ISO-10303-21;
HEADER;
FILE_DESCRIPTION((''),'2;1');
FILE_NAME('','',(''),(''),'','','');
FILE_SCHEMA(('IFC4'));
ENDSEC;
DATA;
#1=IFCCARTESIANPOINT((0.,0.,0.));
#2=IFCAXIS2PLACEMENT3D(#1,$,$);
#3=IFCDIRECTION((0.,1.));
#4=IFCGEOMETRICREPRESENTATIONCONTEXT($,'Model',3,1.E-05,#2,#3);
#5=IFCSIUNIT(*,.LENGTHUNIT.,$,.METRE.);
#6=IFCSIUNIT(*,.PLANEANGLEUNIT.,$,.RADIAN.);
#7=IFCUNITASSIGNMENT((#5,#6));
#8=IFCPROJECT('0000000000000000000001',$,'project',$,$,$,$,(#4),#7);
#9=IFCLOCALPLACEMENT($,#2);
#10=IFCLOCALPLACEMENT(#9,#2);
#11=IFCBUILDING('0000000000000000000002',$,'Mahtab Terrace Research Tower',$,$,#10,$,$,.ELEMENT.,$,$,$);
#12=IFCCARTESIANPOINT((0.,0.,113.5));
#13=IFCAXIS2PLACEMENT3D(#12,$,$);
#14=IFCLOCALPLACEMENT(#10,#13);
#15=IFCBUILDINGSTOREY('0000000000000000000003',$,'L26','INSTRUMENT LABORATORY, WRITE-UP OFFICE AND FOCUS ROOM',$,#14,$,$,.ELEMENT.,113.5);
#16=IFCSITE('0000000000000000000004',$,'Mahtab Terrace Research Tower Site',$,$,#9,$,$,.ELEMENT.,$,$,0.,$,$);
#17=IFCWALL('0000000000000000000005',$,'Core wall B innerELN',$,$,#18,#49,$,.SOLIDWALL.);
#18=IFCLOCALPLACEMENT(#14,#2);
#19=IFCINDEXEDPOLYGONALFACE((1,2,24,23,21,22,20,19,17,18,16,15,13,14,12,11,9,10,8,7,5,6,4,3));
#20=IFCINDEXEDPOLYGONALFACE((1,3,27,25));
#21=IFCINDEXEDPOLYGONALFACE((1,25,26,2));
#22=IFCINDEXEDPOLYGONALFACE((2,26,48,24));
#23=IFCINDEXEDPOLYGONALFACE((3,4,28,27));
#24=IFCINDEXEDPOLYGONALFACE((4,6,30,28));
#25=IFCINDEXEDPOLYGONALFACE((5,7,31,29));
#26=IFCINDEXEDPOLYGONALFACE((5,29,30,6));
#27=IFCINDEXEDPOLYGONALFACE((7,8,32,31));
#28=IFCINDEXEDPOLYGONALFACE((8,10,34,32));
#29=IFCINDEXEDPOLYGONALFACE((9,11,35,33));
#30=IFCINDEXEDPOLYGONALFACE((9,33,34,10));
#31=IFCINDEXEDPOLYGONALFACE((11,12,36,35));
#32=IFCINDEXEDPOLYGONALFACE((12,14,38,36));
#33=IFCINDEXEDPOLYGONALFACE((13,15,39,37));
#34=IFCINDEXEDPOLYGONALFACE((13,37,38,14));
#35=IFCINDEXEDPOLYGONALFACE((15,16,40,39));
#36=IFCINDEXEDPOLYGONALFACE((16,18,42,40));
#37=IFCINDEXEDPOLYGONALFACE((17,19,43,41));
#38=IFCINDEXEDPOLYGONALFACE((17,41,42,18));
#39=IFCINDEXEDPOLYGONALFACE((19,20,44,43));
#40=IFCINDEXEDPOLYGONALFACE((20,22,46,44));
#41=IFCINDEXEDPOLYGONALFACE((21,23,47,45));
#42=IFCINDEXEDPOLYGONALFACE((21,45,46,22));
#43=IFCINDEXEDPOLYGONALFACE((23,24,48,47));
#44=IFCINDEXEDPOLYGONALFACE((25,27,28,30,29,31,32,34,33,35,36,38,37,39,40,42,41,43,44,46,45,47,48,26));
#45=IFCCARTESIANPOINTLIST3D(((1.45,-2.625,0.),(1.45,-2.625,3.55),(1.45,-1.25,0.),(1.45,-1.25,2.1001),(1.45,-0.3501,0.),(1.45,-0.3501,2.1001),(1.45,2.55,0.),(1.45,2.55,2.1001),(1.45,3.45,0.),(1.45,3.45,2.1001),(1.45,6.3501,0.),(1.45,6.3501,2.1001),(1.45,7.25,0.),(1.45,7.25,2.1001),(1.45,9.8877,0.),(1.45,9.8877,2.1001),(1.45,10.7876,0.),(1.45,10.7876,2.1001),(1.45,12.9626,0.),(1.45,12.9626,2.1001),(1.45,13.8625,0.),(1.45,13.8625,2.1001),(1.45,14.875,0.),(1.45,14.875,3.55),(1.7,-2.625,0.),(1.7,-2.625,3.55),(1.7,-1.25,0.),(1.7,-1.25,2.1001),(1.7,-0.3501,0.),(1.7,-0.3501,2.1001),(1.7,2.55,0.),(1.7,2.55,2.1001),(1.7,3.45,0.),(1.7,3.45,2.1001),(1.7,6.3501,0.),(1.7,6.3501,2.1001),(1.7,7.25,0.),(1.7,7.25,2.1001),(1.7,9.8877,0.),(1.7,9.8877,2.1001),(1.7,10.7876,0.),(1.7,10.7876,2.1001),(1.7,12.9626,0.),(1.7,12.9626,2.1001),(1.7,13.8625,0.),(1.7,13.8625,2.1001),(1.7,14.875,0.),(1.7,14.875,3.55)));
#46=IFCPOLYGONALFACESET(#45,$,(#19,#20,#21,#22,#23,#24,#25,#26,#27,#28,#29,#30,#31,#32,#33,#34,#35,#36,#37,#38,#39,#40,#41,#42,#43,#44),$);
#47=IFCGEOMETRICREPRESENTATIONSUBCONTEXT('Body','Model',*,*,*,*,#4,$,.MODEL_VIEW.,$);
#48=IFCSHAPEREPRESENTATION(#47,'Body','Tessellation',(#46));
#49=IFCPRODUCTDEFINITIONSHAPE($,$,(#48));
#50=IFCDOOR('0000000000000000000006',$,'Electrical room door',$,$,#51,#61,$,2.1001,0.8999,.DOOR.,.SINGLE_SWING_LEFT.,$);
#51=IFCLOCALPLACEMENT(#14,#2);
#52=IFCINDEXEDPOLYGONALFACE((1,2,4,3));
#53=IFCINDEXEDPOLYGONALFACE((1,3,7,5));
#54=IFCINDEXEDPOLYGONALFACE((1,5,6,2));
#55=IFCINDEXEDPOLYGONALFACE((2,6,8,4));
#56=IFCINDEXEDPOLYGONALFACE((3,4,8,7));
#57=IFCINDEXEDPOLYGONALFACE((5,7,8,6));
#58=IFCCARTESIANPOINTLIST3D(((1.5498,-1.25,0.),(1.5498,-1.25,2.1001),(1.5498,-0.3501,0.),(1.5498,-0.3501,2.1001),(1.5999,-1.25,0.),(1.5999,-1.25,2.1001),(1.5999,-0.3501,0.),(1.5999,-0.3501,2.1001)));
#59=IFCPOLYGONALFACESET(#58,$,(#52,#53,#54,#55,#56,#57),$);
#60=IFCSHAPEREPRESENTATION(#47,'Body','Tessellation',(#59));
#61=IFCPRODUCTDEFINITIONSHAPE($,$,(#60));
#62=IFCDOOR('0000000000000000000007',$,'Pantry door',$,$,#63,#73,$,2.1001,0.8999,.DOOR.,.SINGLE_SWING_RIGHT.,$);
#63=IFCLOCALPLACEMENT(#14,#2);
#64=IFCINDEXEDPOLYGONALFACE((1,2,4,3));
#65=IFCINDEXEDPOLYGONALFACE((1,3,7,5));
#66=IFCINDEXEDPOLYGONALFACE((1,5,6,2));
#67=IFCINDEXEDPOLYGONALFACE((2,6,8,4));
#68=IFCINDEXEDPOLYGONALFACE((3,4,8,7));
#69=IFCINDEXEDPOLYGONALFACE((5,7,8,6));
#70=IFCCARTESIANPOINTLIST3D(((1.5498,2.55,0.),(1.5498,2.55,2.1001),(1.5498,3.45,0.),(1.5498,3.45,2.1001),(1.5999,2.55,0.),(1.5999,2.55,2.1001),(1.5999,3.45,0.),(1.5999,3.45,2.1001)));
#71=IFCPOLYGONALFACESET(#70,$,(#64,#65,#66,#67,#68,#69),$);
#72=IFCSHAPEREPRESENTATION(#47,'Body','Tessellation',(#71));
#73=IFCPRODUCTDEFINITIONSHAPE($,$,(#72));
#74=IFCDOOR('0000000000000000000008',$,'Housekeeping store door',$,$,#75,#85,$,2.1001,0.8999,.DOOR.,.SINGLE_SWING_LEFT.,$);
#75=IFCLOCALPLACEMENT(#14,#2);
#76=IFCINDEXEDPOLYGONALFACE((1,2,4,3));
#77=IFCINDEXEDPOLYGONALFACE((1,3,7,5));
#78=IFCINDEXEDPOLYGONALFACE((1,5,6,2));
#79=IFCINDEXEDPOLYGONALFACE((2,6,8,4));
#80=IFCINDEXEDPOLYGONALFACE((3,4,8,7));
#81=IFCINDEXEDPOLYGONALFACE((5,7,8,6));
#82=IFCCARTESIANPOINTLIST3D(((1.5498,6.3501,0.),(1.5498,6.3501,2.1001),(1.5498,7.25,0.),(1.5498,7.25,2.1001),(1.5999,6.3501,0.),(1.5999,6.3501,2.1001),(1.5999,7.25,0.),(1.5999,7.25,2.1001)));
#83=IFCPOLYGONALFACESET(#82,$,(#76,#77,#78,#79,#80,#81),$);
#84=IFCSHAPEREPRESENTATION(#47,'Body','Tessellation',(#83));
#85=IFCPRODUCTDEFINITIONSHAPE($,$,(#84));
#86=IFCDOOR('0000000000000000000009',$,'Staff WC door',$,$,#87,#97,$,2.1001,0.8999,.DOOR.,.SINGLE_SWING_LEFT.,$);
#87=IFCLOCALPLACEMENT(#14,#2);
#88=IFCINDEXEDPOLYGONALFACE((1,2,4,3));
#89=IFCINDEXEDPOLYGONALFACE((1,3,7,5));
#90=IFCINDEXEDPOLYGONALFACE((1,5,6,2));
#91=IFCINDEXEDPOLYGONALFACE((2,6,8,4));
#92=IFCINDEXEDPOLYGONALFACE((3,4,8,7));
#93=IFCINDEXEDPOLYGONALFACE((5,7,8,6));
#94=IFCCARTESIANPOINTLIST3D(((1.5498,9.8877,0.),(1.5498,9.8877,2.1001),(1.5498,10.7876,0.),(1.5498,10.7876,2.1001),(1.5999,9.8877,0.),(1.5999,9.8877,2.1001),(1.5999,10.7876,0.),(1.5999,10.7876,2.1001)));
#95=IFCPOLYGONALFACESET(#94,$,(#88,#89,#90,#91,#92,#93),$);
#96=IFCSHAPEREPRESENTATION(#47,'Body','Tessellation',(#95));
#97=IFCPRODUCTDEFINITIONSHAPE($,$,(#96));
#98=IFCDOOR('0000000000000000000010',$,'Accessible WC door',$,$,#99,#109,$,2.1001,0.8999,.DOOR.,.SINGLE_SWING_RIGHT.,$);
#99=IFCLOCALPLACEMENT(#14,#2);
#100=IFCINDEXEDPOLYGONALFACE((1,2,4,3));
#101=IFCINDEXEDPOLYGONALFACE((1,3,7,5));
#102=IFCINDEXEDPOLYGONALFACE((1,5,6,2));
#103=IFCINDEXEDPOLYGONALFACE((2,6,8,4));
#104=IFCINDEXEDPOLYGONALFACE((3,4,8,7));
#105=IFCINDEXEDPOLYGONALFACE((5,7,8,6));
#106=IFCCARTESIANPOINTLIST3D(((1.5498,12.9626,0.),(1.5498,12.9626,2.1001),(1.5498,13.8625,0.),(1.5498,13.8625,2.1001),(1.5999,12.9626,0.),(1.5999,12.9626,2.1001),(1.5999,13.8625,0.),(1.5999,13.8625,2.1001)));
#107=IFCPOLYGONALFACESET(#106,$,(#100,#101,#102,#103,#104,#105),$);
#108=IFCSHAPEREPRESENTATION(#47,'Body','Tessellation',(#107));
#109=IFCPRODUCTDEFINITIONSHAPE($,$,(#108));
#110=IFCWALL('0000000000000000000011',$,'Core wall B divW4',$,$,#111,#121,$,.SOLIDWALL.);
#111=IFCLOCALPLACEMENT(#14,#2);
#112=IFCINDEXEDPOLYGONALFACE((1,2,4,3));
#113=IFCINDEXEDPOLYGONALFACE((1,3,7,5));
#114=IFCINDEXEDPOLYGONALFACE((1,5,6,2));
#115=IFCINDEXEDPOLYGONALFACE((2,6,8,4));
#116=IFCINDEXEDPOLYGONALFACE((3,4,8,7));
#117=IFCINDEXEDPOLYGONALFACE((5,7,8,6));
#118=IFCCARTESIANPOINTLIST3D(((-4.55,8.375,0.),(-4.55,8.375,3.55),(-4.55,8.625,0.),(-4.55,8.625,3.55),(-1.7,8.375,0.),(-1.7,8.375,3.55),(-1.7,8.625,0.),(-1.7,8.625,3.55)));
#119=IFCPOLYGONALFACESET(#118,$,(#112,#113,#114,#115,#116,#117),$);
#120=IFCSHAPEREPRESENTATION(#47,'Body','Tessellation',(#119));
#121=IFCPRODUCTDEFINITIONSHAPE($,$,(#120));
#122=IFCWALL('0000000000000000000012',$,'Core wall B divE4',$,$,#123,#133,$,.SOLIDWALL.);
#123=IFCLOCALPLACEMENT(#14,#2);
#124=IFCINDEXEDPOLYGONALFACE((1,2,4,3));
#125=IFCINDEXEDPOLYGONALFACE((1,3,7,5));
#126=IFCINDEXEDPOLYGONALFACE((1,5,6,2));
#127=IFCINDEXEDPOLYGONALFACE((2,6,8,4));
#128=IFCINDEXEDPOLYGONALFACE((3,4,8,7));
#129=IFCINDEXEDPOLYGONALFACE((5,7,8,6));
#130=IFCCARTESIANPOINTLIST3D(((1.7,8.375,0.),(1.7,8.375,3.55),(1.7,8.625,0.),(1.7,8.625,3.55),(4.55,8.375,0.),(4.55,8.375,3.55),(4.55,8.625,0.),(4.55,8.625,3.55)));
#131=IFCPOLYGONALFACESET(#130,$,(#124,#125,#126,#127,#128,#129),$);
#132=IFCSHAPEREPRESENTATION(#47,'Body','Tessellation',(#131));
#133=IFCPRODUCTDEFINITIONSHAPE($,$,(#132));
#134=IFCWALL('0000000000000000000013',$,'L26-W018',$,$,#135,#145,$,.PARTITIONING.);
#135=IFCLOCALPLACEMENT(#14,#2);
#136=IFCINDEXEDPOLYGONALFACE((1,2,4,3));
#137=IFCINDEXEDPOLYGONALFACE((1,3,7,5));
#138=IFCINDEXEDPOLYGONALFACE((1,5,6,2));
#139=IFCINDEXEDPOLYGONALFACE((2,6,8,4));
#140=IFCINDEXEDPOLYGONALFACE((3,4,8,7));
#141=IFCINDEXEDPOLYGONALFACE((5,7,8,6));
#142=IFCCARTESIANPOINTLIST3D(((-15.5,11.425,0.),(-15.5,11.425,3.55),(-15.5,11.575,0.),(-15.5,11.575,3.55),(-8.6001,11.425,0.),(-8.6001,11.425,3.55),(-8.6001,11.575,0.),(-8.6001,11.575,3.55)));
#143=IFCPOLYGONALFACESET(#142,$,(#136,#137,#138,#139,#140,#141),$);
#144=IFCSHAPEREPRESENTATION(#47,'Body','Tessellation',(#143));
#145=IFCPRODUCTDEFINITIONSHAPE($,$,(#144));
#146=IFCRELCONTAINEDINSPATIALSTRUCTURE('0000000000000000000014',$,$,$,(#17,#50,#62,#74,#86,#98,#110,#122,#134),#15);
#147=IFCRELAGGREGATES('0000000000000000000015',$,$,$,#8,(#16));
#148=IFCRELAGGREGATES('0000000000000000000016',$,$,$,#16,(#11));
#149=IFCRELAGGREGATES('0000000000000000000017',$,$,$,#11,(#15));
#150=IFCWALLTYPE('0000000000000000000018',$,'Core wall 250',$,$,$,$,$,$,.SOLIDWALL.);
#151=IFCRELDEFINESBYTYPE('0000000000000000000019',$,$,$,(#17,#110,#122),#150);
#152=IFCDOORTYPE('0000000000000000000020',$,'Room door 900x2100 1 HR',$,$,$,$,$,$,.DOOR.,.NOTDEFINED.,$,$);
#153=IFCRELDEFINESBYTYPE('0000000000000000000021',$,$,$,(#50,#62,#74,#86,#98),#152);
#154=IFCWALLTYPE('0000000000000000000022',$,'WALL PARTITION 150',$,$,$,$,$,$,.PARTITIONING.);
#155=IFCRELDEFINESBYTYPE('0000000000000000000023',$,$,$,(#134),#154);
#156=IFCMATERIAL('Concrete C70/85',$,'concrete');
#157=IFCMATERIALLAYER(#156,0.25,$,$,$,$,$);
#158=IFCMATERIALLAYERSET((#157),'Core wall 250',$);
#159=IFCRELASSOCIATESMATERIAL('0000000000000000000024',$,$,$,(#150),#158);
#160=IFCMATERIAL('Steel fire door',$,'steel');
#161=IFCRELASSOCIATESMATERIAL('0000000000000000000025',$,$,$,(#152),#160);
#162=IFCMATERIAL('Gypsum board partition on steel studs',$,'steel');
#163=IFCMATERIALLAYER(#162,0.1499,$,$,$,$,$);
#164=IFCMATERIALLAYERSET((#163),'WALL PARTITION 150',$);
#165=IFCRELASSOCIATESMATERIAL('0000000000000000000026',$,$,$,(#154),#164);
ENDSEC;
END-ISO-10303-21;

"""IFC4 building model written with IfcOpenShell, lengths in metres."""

from ifc_helpers import new_model, si_unit, direction, frame, frame_2d, origin, place, context, subcontext, project, spatial, rectangle, extrude, material, layer, layer_set, type_object, element, fill, save


model = new_model("IFC4")

# Units and contexts
model_context = context("Model", 3, precision=1e-05, world=origin(), true_north=direction((0.0, 1.0)))
body_context = subcontext(model_context, "Body", "Model", "MODEL_VIEW")
ifc_project = project(units=[si_unit("LENGTHUNIT", "METRE"), si_unit("PLANEANGLEUNIT", "RADIAN")], contexts=[model_context])

# Site, building, storey
site_placement = place(None, origin())
site = spatial("IfcSite", under=ifc_project, at=site_placement, Name="Mahtab Terrace Research Tower Site", CompositionType="ELEMENT", RefElevation=0.0)
building_placement = place(site_placement, origin())
building = spatial("IfcBuilding", under=site, at=building_placement, Name="Mahtab Terrace Research Tower", CompositionType="ELEMENT")
storey_placement = place(building_placement, frame((0.0, 0.0, 113.5)))
storey = spatial("IfcBuildingStorey", under=building, at=storey_placement, Name="L26", Description="INSTRUMENT LABORATORY, WRITE-UP OFFICE AND FOCUS ROOM", CompositionType="ELEMENT", Elevation=113.5)

# Shared definitions
ifc_material_1 = material(Name="Concrete C70/85", Category="concrete")

# Shared definitions
ifc_layer_1 = layer(ifc_material_1, 0.25)
ifc_layer_set_1 = layer_set([ifc_layer_1], Name="Core wall 250")
wall_type_1 = type_object("IfcWallType", Name="Core wall 250", PredefinedType="SOLIDWALL", material=ifc_layer_set_1)

# Shared definitions
ifc_material_2 = material(Name="Steel fire door", Category="steel")

# Wall, openings, doors
wall_1_placement = place(storey_placement, frame((1.575, 14.875, 0.0), z_axis=(0.0, 0.0, 1.0), x_axis=(0.0, -1.0, 0.0)))
wall_1 = element("IfcWall", 1, at=wall_1_placement, inside=storey, type_object=wall_type_1, Name="Core wall B innerELN", PredefinedType="SOLIDWALL", context=body_context, shape_type="SweptSolid", body=[
    extrude(rectangle(XDim=17.5, YDim=0.25, at=frame_2d((8.75, 0.0))), origin(), (0.0, 0.0, 1.0), 3.55),
])
opening_1_placement = place(wall_1_placement, frame((15.2251, 0.0, 0.0)))
opening_1 = element("IfcOpeningElement", 2, at=opening_1_placement, cuts=wall_1, PredefinedType="OPENING", context=body_context, shape_type="SweptSolid", body=[
    extrude(rectangle(XDim=0.8999, YDim=2.1001, at=frame_2d((0.45, 1.05))), frame((0.0, 0.135, 0.0), z_axis=(0.0, -1.0, 0.0), x_axis=(1.0, 0.0, 0.0)), (0.0, 0.0, 1.0), 0.27),
])
opening_2_placement = place(wall_1_placement, frame((11.425, 0.0, 0.0)))
opening_2 = element("IfcOpeningElement", 3, at=opening_2_placement, cuts=wall_1, PredefinedType="OPENING", context=body_context, shape_type="SweptSolid", body=[
    extrude(rectangle(XDim=0.8999, YDim=2.1001, at=frame_2d((0.45, 1.05))), frame((0.0, 0.135, 0.0), z_axis=(0.0, -1.0, 0.0), x_axis=(1.0, 0.0, 0.0)), (0.0, 0.0, 1.0), 0.27),
])
opening_3_placement = place(wall_1_placement, frame((7.625, 0.0, 0.0)))
opening_3 = element("IfcOpeningElement", 4, at=opening_3_placement, cuts=wall_1, PredefinedType="OPENING", context=body_context, shape_type="SweptSolid", body=[
    extrude(rectangle(XDim=0.8999, YDim=2.1001, at=frame_2d((0.45, 1.05))), frame((0.0, 0.135, 0.0), z_axis=(0.0, -1.0, 0.0), x_axis=(1.0, 0.0, 0.0)), (0.0, 0.0, 1.0), 0.27),
])
opening_4_placement = place(wall_1_placement, frame((4.0874, 0.0, 0.0)))
opening_4 = element("IfcOpeningElement", 5, at=opening_4_placement, cuts=wall_1, PredefinedType="OPENING", context=body_context, shape_type="SweptSolid", body=[
    extrude(rectangle(XDim=0.8999, YDim=2.1001, at=frame_2d((0.45, 1.05))), frame((0.0, 0.135, 0.0), z_axis=(0.0, -1.0, 0.0), x_axis=(1.0, 0.0, 0.0)), (0.0, 0.0, 1.0), 0.27),
])
opening_5_placement = place(wall_1_placement, frame((1.0125, 0.0, 0.0)))
opening_5 = element("IfcOpeningElement", 6, at=opening_5_placement, cuts=wall_1, PredefinedType="OPENING", context=body_context, shape_type="SweptSolid", body=[
    extrude(rectangle(XDim=0.8999, YDim=2.1001, at=frame_2d((0.45, 1.05))), frame((0.0, 0.135, 0.0), z_axis=(0.0, -1.0, 0.0), x_axis=(1.0, 0.0, 0.0)), (0.0, 0.0, 1.0), 0.27),
])
door_type_1 = type_object("IfcDoorType", Name="Room door 900x2100 1 HR", OperationType="NOTDEFINED", PredefinedType="DOOR", material=ifc_material_2)
door_1_placement = place(opening_1_placement, origin())
door_1 = element("IfcDoor", 7, at=door_1_placement, inside=storey, type_object=door_type_1, Name="Electrical room door", OperationType="SINGLE_SWING_LEFT", OverallHeight=2.1001, OverallWidth=0.8999, PredefinedType="DOOR", context=body_context, shape_type="SweptSolid", body=[
    extrude(rectangle(XDim=0.8999, YDim=2.1001, at=frame_2d((0.45, 1.05))), frame((0.0, 0.0249, 0.0), z_axis=(0.0, -1.0, 0.0), x_axis=(1.0, 0.0, 0.0)), (0.0, 0.0, 1.0), 0.05),
])
fill(opening_1, door_1)
door_2_placement = place(opening_2_placement, origin())
door_2 = element("IfcDoor", 8, at=door_2_placement, inside=storey, type_object=door_type_1, Name="Pantry door", OperationType="SINGLE_SWING_RIGHT", OverallHeight=2.1001, OverallWidth=0.8999, PredefinedType="DOOR", context=body_context, shape_type="SweptSolid", body=[
    extrude(rectangle(XDim=0.8999, YDim=2.1001, at=frame_2d((0.45, 1.05))), frame((0.0, 0.0249, 0.0), z_axis=(0.0, -1.0, 0.0), x_axis=(1.0, 0.0, 0.0)), (0.0, 0.0, 1.0), 0.05),
])
fill(opening_2, door_2)
door_3_placement = place(opening_3_placement, origin())
door_3 = element("IfcDoor", 9, at=door_3_placement, inside=storey, type_object=door_type_1, Name="Housekeeping store door", OperationType="SINGLE_SWING_LEFT", OverallHeight=2.1001, OverallWidth=0.8999, PredefinedType="DOOR", context=body_context, shape_type="SweptSolid", body=[
    extrude(rectangle(XDim=0.8999, YDim=2.1001, at=frame_2d((0.45, 1.05))), frame((0.0, 0.0249, 0.0), z_axis=(0.0, -1.0, 0.0), x_axis=(1.0, 0.0, 0.0)), (0.0, 0.0, 1.0), 0.05),
])
fill(opening_3, door_3)
door_4_placement = place(opening_4_placement, origin())
door_4 = element("IfcDoor", 10, at=door_4_placement, inside=storey, type_object=door_type_1, Name="Staff WC door", OperationType="SINGLE_SWING_LEFT", OverallHeight=2.1001, OverallWidth=0.8999, PredefinedType="DOOR", context=body_context, shape_type="SweptSolid", body=[
    extrude(rectangle(XDim=0.8999, YDim=2.1001, at=frame_2d((0.45, 1.05))), frame((0.0, 0.0249, 0.0), z_axis=(0.0, -1.0, 0.0), x_axis=(1.0, 0.0, 0.0)), (0.0, 0.0, 1.0), 0.05),
])
fill(opening_4, door_4)
door_5_placement = place(opening_5_placement, origin())
door_5 = element("IfcDoor", 11, at=door_5_placement, inside=storey, type_object=door_type_1, Name="Accessible WC door", OperationType="SINGLE_SWING_RIGHT", OverallHeight=2.1001, OverallWidth=0.8999, PredefinedType="DOOR", context=body_context, shape_type="SweptSolid", body=[
    extrude(rectangle(XDim=0.8999, YDim=2.1001, at=frame_2d((0.45, 1.05))), frame((0.0, 0.0249, 0.0), z_axis=(0.0, -1.0, 0.0), x_axis=(1.0, 0.0, 0.0)), (0.0, 0.0, 1.0), 0.05),
])
fill(opening_5, door_5)

# Walls
for number, where, z_axis, x_axis, name in (
    (12, (-4.55, 8.5, 0.0), (0.0, 0.0, 1.0), (1.0, 0.0, 0.0), "Core wall B divW4"),
    (13, (1.7, 8.5, 0.0), (0.0, 0.0, 1.0), (1.0, 0.0, 0.0), "Core wall B divE4"),
):
    element("IfcWall", number, at=place(storey_placement, frame(where, z_axis=z_axis, x_axis=x_axis)), inside=storey, type_object=wall_type_1, Name=name, PredefinedType="SOLIDWALL", context=body_context, shape_type="SweptSolid", body=[
        extrude(rectangle(XDim=2.8501, YDim=0.25, at=frame_2d((1.425, 0.0))), origin(), (0.0, 0.0, 1.0), 3.55),
    ])
ifc_material_3 = material(Name="Gypsum board partition on steel studs", Category="steel")
ifc_layer_2 = layer(ifc_material_3, 0.1499)
ifc_layer_set_2 = layer_set([ifc_layer_2], Name="WALL PARTITION 150")
wall_type_2 = type_object("IfcWallType", Name="WALL PARTITION 150", PredefinedType="PARTITIONING", material=ifc_layer_set_2)
wall_2_placement = place(storey_placement, frame((-15.5, 11.5, 0.0), z_axis=(0.0, 0.0, 1.0), x_axis=(1.0, 0.0, 0.0)))
element("IfcWall", 14, at=wall_2_placement, inside=storey, type_object=wall_type_2, Name="L26-W018", PredefinedType="PARTITIONING", context=body_context, shape_type="SweptSolid", body=[
    extrude(rectangle(XDim=6.8999, YDim=0.1499, at=frame_2d((3.45, 0.0))), origin(), (0.0, 0.0, 1.0), 3.55),
])

save(model, "model.ifc")
